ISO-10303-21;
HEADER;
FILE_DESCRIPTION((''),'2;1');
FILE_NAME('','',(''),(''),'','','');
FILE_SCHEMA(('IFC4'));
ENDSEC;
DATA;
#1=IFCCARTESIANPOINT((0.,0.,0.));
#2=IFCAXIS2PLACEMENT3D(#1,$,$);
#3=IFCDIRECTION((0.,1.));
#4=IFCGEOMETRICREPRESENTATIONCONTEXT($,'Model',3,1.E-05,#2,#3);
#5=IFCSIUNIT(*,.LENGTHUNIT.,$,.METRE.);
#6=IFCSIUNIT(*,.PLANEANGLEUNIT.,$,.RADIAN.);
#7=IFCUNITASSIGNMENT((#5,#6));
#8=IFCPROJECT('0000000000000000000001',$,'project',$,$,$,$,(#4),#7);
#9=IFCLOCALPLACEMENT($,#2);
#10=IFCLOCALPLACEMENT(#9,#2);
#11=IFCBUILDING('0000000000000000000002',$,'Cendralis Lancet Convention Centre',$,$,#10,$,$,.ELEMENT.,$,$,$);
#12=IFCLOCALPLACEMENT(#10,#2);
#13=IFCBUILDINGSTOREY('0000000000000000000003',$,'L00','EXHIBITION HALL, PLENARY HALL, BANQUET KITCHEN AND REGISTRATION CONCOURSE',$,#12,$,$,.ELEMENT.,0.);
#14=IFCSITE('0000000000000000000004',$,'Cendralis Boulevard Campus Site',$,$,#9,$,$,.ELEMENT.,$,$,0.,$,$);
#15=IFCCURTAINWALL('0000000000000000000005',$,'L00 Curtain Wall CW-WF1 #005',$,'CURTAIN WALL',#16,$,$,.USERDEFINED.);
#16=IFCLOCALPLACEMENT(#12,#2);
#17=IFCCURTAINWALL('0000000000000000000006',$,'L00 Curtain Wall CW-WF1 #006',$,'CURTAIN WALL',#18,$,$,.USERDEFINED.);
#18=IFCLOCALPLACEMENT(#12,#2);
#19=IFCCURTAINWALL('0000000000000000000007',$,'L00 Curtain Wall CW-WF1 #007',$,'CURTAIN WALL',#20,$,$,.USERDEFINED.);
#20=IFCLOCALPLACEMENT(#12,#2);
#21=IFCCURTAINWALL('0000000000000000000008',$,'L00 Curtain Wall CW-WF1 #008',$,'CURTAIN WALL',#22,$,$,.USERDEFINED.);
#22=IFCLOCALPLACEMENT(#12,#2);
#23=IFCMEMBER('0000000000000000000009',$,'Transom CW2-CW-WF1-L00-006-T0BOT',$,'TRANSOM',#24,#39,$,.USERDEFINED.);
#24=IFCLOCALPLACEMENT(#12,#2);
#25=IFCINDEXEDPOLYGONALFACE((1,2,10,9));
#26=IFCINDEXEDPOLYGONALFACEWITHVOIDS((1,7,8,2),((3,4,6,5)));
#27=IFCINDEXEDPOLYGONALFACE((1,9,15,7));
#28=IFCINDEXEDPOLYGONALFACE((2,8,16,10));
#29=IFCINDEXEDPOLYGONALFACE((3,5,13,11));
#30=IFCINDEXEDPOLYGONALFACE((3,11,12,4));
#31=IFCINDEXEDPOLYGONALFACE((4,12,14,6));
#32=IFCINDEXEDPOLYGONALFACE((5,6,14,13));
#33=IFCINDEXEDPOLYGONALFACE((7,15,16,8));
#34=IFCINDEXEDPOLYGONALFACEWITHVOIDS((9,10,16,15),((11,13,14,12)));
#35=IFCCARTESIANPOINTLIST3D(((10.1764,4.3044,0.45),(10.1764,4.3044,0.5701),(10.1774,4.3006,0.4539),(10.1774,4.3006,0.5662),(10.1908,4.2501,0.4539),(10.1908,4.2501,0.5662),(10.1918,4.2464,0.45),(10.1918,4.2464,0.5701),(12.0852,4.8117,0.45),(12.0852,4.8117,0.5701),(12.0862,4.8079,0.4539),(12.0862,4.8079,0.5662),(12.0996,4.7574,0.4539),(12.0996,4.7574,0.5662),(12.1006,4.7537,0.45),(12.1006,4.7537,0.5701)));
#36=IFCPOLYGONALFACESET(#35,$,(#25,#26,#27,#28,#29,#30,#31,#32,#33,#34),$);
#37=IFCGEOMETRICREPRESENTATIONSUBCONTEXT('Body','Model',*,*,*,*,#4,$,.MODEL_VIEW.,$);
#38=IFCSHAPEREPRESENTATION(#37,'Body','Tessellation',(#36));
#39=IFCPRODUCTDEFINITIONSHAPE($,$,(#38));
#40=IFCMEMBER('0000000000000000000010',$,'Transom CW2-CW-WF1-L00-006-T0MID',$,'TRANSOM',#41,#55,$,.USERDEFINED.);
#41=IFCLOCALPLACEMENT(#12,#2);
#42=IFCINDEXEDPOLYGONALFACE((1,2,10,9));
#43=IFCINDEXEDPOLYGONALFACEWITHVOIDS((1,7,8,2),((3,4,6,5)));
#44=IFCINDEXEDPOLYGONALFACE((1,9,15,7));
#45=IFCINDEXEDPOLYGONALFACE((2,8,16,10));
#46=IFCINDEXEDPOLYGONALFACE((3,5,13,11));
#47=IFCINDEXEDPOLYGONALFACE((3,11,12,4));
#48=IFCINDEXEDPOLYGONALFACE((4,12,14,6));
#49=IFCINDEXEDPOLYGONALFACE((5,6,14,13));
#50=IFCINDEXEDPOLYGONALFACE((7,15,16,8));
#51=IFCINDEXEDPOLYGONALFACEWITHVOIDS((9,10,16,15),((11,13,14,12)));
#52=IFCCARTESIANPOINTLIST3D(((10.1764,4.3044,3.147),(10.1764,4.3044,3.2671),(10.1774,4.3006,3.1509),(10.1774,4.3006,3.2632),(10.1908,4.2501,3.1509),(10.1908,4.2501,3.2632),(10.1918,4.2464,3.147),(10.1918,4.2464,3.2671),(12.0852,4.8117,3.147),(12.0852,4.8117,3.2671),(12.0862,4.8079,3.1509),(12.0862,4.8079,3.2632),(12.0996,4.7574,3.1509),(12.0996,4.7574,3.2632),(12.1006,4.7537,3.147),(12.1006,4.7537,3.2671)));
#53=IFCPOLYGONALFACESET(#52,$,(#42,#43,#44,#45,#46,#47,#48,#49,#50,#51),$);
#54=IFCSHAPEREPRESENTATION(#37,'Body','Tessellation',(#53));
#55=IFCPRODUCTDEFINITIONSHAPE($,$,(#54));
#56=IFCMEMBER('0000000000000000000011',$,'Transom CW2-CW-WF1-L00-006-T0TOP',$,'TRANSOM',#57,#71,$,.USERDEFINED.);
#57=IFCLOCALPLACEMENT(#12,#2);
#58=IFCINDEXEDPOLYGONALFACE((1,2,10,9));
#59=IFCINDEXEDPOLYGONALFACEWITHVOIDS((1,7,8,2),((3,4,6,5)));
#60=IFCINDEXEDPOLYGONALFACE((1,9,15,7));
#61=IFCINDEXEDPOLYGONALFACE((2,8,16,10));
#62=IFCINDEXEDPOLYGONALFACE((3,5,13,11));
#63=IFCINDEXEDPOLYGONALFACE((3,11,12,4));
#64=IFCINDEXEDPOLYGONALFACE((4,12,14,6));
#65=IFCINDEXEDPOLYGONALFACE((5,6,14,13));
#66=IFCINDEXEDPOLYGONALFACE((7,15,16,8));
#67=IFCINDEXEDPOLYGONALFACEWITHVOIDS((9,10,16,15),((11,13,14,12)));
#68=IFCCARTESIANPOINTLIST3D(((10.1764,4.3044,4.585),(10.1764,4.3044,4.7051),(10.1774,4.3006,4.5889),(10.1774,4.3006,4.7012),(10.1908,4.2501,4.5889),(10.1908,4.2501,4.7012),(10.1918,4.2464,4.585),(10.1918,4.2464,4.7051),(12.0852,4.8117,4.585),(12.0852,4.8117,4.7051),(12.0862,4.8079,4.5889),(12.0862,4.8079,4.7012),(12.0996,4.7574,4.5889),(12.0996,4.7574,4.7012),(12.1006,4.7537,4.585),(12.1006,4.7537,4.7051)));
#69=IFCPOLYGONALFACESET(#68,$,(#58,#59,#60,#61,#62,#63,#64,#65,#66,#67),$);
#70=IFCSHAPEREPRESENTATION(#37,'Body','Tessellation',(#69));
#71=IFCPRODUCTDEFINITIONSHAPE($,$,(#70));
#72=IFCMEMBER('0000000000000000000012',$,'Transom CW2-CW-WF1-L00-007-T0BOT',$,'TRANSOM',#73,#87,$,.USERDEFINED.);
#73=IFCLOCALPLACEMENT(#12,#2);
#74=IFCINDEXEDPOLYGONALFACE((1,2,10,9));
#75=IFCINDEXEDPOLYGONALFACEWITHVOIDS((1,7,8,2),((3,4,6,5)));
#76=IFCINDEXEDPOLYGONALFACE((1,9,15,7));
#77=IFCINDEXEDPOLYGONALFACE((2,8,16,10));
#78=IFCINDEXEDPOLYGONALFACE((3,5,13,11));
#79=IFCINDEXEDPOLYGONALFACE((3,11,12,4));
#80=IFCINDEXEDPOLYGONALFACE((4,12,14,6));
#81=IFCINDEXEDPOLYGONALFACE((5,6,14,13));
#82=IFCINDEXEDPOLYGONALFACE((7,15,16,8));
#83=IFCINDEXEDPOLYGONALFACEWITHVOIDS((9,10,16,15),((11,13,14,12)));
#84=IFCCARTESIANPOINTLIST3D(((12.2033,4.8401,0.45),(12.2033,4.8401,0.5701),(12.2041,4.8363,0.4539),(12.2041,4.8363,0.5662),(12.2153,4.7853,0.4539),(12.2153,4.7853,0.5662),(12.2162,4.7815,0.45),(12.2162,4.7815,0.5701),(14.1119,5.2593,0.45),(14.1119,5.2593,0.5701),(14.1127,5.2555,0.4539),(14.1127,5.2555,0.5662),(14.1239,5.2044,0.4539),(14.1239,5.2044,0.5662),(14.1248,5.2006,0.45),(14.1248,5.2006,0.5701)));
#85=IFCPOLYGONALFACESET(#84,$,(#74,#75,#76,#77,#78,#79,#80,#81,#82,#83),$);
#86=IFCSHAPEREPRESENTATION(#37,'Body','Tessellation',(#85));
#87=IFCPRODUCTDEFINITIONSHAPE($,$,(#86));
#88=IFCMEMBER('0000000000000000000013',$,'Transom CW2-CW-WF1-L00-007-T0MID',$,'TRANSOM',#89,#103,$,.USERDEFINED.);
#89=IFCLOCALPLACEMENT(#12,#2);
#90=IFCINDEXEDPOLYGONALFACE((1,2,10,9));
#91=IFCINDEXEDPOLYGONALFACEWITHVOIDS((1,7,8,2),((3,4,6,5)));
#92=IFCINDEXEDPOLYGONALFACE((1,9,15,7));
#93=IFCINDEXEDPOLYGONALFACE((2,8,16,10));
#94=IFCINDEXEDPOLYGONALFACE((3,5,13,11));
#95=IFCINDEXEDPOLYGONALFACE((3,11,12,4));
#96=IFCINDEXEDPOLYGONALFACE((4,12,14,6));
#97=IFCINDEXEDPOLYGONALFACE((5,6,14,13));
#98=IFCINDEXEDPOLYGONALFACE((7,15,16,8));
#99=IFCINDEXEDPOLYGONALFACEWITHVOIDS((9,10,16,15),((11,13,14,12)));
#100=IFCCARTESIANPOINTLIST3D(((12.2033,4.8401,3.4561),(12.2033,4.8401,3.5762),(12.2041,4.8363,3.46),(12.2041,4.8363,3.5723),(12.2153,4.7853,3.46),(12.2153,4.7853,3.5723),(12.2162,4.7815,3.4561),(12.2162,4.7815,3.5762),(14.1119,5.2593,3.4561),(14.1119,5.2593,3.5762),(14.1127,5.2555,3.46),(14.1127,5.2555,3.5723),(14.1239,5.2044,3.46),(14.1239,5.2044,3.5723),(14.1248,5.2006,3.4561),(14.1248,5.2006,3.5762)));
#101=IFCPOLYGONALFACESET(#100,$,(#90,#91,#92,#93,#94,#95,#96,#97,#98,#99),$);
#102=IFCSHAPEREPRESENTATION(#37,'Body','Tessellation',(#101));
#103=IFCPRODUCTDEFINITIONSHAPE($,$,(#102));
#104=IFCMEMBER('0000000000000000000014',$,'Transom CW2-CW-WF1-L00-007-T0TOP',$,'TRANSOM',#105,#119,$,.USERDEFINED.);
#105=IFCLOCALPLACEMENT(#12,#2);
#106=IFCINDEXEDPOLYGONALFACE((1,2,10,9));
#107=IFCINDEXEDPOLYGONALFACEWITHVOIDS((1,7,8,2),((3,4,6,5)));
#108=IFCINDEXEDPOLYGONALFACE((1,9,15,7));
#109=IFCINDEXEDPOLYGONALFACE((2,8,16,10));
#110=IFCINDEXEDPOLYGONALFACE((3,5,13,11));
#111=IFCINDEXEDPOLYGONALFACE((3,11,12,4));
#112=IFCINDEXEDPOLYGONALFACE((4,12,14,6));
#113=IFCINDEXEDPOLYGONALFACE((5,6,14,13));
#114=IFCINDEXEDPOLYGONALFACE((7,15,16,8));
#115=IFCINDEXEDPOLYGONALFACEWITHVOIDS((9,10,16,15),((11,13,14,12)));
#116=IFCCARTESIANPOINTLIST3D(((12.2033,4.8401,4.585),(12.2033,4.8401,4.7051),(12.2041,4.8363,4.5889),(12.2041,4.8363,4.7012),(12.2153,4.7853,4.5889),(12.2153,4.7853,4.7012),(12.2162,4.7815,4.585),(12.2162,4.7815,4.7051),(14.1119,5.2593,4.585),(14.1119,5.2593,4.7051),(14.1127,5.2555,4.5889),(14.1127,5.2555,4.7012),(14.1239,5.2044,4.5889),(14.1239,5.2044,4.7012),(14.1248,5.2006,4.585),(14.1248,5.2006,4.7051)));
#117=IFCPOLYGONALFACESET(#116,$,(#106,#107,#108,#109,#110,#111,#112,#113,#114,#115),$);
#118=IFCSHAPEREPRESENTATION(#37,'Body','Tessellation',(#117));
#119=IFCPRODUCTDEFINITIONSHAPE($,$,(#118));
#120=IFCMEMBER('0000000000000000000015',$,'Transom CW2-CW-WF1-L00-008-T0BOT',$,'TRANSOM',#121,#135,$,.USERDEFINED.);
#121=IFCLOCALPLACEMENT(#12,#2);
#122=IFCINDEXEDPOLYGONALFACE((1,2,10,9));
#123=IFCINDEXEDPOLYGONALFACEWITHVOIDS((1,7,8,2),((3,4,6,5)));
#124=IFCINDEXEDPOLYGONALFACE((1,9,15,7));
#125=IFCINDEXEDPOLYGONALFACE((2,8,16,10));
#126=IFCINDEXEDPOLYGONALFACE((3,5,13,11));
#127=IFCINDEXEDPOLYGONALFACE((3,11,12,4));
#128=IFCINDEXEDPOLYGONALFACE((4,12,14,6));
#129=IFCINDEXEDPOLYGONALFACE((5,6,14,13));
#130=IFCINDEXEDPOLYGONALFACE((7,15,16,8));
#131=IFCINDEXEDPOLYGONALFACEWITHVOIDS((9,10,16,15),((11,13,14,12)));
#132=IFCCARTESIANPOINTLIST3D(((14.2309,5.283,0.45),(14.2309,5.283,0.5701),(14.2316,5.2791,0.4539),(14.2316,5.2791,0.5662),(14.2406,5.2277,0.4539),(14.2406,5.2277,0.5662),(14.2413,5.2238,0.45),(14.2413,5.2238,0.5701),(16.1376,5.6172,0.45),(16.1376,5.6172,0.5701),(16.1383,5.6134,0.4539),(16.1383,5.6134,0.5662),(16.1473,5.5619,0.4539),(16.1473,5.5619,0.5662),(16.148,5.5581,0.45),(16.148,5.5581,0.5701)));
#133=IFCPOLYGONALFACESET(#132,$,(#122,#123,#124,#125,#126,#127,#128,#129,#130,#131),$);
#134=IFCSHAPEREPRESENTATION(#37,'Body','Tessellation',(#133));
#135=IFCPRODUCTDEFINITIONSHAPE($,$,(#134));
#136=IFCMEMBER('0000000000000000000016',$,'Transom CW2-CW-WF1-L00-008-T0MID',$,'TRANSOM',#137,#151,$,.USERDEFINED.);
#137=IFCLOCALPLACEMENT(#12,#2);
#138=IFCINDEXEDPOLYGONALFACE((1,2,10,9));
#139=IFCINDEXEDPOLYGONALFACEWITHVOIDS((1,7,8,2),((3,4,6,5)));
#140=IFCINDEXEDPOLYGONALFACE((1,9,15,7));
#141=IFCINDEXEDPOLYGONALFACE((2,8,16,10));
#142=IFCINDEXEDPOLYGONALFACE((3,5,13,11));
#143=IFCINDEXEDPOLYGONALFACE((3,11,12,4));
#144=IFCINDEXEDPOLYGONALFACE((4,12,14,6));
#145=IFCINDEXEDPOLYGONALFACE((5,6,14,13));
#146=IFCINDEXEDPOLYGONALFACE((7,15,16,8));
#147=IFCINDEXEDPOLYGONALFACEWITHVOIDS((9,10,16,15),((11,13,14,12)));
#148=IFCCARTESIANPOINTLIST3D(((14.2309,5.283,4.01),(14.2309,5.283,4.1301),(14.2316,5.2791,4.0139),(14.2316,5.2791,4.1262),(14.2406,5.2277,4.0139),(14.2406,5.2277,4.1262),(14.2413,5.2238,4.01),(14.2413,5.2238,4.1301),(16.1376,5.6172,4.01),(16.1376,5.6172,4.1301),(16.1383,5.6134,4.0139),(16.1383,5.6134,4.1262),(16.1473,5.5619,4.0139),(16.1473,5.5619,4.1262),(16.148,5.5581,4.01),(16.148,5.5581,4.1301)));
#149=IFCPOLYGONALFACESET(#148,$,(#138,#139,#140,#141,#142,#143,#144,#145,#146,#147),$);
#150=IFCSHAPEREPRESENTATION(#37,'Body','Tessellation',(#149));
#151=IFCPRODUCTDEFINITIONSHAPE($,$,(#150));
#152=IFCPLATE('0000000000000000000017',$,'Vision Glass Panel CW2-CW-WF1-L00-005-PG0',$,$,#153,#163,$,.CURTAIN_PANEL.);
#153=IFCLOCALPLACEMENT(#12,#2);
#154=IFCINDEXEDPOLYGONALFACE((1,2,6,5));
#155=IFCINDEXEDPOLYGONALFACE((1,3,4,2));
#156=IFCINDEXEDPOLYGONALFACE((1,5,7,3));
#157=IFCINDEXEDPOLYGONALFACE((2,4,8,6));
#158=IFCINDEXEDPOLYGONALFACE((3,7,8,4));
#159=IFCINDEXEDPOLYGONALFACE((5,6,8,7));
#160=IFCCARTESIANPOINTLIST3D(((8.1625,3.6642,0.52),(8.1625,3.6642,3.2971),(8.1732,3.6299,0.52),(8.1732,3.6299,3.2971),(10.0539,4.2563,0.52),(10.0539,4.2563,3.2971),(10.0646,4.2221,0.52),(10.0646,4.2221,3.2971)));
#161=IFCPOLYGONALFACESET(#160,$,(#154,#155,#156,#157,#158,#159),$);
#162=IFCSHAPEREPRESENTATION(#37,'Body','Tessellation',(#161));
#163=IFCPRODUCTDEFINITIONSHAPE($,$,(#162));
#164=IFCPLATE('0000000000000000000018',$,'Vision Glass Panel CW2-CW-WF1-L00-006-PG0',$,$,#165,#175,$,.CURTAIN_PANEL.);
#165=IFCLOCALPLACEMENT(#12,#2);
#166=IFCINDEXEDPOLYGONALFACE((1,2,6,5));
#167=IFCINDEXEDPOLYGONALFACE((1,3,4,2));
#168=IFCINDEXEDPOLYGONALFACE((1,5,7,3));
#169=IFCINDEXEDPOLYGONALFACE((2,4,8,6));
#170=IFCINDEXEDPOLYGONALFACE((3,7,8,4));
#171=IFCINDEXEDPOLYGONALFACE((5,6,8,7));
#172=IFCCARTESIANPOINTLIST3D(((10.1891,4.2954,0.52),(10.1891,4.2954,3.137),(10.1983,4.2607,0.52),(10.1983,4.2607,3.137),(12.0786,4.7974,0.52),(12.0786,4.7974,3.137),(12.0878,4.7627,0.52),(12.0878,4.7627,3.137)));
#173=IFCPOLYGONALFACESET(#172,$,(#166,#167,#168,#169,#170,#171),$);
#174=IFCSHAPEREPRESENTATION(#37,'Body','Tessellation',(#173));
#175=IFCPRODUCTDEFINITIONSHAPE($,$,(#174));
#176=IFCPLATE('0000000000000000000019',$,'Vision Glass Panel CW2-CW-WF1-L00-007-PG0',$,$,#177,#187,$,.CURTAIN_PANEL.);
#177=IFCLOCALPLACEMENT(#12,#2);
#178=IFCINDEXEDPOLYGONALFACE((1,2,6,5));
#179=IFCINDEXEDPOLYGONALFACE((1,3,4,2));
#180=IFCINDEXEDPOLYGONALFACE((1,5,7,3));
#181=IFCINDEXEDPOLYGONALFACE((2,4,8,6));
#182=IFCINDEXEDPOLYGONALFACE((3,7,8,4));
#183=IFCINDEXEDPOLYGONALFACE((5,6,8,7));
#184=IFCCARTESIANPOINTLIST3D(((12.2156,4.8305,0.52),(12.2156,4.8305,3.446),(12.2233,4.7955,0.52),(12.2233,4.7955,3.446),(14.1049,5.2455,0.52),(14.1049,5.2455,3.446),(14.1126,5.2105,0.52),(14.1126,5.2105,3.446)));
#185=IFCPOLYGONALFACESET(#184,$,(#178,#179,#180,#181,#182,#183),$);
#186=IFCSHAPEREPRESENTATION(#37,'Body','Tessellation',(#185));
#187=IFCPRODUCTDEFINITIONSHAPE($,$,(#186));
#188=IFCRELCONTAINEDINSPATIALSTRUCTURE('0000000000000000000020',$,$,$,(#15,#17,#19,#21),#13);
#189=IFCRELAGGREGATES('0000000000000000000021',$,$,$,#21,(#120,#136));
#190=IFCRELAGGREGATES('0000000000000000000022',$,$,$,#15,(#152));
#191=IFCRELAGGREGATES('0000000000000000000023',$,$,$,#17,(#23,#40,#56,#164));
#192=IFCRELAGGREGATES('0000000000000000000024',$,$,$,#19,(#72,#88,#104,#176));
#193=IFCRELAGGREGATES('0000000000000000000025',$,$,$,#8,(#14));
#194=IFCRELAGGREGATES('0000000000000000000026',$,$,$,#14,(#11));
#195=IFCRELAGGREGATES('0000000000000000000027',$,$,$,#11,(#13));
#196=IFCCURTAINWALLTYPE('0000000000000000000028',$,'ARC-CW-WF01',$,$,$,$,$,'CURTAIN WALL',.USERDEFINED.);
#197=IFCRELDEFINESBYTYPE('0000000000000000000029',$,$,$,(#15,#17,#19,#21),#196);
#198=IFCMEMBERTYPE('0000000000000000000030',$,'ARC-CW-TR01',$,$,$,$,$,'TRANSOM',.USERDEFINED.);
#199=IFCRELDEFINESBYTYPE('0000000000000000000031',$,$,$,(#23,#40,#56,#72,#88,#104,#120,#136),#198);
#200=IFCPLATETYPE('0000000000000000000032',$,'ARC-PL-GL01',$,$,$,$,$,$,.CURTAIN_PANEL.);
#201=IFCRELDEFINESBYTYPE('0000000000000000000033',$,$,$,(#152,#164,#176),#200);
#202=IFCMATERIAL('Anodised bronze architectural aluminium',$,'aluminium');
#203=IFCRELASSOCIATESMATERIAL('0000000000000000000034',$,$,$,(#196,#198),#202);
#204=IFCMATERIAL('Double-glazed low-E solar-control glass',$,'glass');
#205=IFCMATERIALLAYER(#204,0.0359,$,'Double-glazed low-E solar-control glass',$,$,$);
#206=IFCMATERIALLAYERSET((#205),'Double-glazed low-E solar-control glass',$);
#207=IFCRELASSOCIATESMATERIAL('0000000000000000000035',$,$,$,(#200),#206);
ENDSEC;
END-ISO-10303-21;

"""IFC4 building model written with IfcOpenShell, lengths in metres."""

from ifc_helpers import new_model, si_unit, direction, frame, origin, origin_2d, place, context, subcontext, project, spatial, rectangle, hollow_rectangle, extrude, material, layer, layer_set, material_profile, profile_set, type_object, element, aggregate, save


model = new_model("IFC4")

# Units and contexts
model_context = context("Model", 3, precision=1e-05, world=origin(), true_north=direction((0.0, 1.0)))
body_context = subcontext(model_context, "Body", "Model", "MODEL_VIEW")
ifc_project = project(units=[si_unit("LENGTHUNIT", "METRE"), si_unit("PLANEANGLEUNIT", "RADIAN")], contexts=[model_context])

# Site, building, storey
site_placement = place(None, origin())
site = spatial("IfcSite", under=ifc_project, at=site_placement, Name="Cendralis Boulevard Campus Site", CompositionType="ELEMENT", RefElevation=0.0)
building_placement = place(site_placement, origin())
building = spatial("IfcBuilding", under=site, at=building_placement, Name="Cendralis Lancet Convention Centre", CompositionType="ELEMENT")
storey_placement = place(building_placement, origin())
storey = spatial("IfcBuildingStorey", under=building, at=storey_placement, Name="L00", Description="EXHIBITION HALL, PLENARY HALL, BANQUET KITCHEN AND REGISTRATION CONCOURSE", CompositionType="ELEMENT", Elevation=0.0)

# Shared definitions
ifc_material_1 = material(Name="Anodised bronze architectural aluminium", Category="aluminium")
curtain_wall_type = type_object("IfcCurtainWallType", Name="ARC-CW-WF01", ElementType="CURTAIN WALL", PredefinedType="USERDEFINED", material=ifc_material_1)

# Curtain walls
curtain_wall_1_placement = place(storey_placement, origin())
curtain_wall_1 = element("IfcCurtainWall", 1, at=curtain_wall_1_placement, inside=storey, type_object=curtain_wall_type, Name="L00 Curtain Wall CW-WF1 #005", ObjectType="CURTAIN WALL", PredefinedType="USERDEFINED")
curtain_wall_2_placement = place(storey_placement, origin())
curtain_wall_2 = element("IfcCurtainWall", 2, at=curtain_wall_2_placement, inside=storey, type_object=curtain_wall_type, Name="L00 Curtain Wall CW-WF1 #006", ObjectType="CURTAIN WALL", PredefinedType="USERDEFINED")
curtain_wall_3_placement = place(storey_placement, origin())
curtain_wall_3 = element("IfcCurtainWall", 3, at=curtain_wall_3_placement, inside=storey, type_object=curtain_wall_type, Name="L00 Curtain Wall CW-WF1 #007", ObjectType="CURTAIN WALL", PredefinedType="USERDEFINED")

# Curtain wall
curtain_wall_4_placement = place(storey_placement, origin())
curtain_wall_4 = element("IfcCurtainWall", 4, at=curtain_wall_4_placement, inside=storey, type_object=curtain_wall_type, Name="L00 Curtain Wall CW-WF1 #008", ObjectType="CURTAIN WALL", PredefinedType="USERDEFINED")

# Members
ifc_material_profile_1 = material_profile(ifc_material_1, hollow_rectangle(XDim=0.0601, YDim=0.1201, WallThickness=0.0039, at=origin_2d()), Name="AL-TRAN 60x120x4.0")
ifc_profile_set_1 = profile_set([ifc_material_profile_1], Name="Anodised bronze architectural aluminium")
member_type_1 = type_object("IfcMemberType", Name="ARC-CW-TR01", ElementType="TRANSOM", PredefinedType="USERDEFINED", material=ifc_profile_set_1)
member_1_placement = place(storey_placement, frame((10.1841, 4.2754, 0.51), z_axis=(0.966452, 0.256847, 0.0), x_axis=(-0.256847, 0.966452, 0.0)))
member_1 = element("IfcMember", 5, at=member_1_placement, type_object=member_type_1, Name="Transom CW2-CW-WF1-L00-006-T0BOT", ObjectType="TRANSOM", PredefinedType="USERDEFINED", context=body_context, shape_type="SweptSolid", body=[
    extrude(hollow_rectangle(XDim=0.0601, YDim=0.1201, WallThickness=0.0039, at=origin_2d()), origin(), (0.0, 0.0, 1.0), 1.9751),
])
member_2_placement = place(storey_placement, frame((10.1841, 4.2754, 3.207), z_axis=(0.966452, 0.256847, 0.0), x_axis=(-0.256847, 0.966452, 0.0)))
member_2 = element("IfcMember", 6, at=member_2_placement, type_object=member_type_1, Name="Transom CW2-CW-WF1-L00-006-T0MID", ObjectType="TRANSOM", PredefinedType="USERDEFINED", context=body_context, shape_type="SweptSolid", body=[
    extrude(hollow_rectangle(XDim=0.0601, YDim=0.1201, WallThickness=0.0039, at=origin_2d()), origin(), (0.0, 0.0, 1.0), 1.9751),
])
member_3_placement = place(storey_placement, frame((10.1841, 4.2754, 4.645), z_axis=(0.966452, 0.256847, 0.0), x_axis=(-0.256847, 0.966452, 0.0)))
member_3 = element("IfcMember", 7, at=member_3_placement, type_object=member_type_1, Name="Transom CW2-CW-WF1-L00-006-T0TOP", ObjectType="TRANSOM", PredefinedType="USERDEFINED", context=body_context, shape_type="SweptSolid", body=[
    extrude(hollow_rectangle(XDim=0.0601, YDim=0.1201, WallThickness=0.0039, at=origin_2d()), origin(), (0.0, 0.0, 1.0), 1.9751),
])
member_4_placement = place(storey_placement, frame((12.2097, 4.8108, 0.51), z_axis=(0.976722, 0.214509, 0.0), x_axis=(-0.214509, 0.976722, 0.0)))
member_4 = element("IfcMember", 8, at=member_4_placement, type_object=member_type_1, Name="Transom CW2-CW-WF1-L00-007-T0BOT", ObjectType="TRANSOM", PredefinedType="USERDEFINED", context=body_context, shape_type="SweptSolid", body=[
    extrude(hollow_rectangle(XDim=0.0601, YDim=0.1201, WallThickness=0.0039, at=origin_2d()), origin(), (0.0, 0.0, 1.0), 1.9541),
])
member_5_placement = place(storey_placement, frame((12.2097, 4.8108, 3.5161), z_axis=(0.976722, 0.214509, 0.0), x_axis=(-0.214509, 0.976722, 0.0)))
member_5 = element("IfcMember", 9, at=member_5_placement, type_object=member_type_1, Name="Transom CW2-CW-WF1-L00-007-T0MID", ObjectType="TRANSOM", PredefinedType="USERDEFINED", context=body_context, shape_type="SweptSolid", body=[
    extrude(hollow_rectangle(XDim=0.0601, YDim=0.1201, WallThickness=0.0039, at=origin_2d()), origin(), (0.0, 0.0, 1.0), 1.9541),
])
member_6_placement = place(storey_placement, frame((12.2097, 4.8108, 4.645), z_axis=(0.976722, 0.214509, 0.0), x_axis=(-0.214509, 0.976722, 0.0)))
member_6 = element("IfcMember", 10, at=member_6_placement, type_object=member_type_1, Name="Transom CW2-CW-WF1-L00-007-T0TOP", ObjectType="TRANSOM", PredefinedType="USERDEFINED", context=body_context, shape_type="SweptSolid", body=[
    extrude(hollow_rectangle(XDim=0.0601, YDim=0.1201, WallThickness=0.0039, at=origin_2d()), origin(), (0.0, 0.0, 1.0), 1.9541),
])
member_7_placement = place(storey_placement, frame((14.2361, 5.2534, 0.51), z_axis=(0.984982, 0.172656, 0.0), x_axis=(-0.172656, 0.984982, 0.0)))
member_7 = element("IfcMember", 11, at=member_7_placement, type_object=member_type_1, Name="Transom CW2-CW-WF1-L00-008-T0BOT", ObjectType="TRANSOM", PredefinedType="USERDEFINED", context=body_context, shape_type="SweptSolid", body=[
    extrude(hollow_rectangle(XDim=0.0601, YDim=0.1201, WallThickness=0.0039, at=origin_2d()), origin(), (0.0, 0.0, 1.0), 1.9358),
])
member_8_placement = place(storey_placement, frame((14.2361, 5.2534, 4.0701), z_axis=(0.984982, 0.172656, 0.0), x_axis=(-0.172656, 0.984982, 0.0)))
member_8 = element("IfcMember", 12, at=member_8_placement, type_object=member_type_1, Name="Transom CW2-CW-WF1-L00-008-T0MID", ObjectType="TRANSOM", PredefinedType="USERDEFINED", context=body_context, shape_type="SweptSolid", body=[
    extrude(hollow_rectangle(XDim=0.0601, YDim=0.1201, WallThickness=0.0039, at=origin_2d()), origin(), (0.0, 0.0, 1.0), 1.9358),
])
aggregate(curtain_wall_4, [member_7, member_8])

# Plates
ifc_material_2 = material(Name="Double-glazed low-E solar-control glass", Category="glass")
ifc_layer_1 = layer(ifc_material_2, 0.0359, Name="Double-glazed low-E solar-control glass")
ifc_layer_set_1 = layer_set([ifc_layer_1], Name="Double-glazed low-E solar-control glass")
plate_type_1 = type_object("IfcPlateType", Name="ARC-PL-GL01", PredefinedType="CURTAIN_PANEL", material=ifc_layer_set_1)
plate_1_placement = place(storey_placement, frame((9.1135, 3.9431, 0.52), z_axis=(0.0, 0.0, 1.0), x_axis=(0.954321, 0.298785, 0.0)))
plate_1 = element("IfcPlate", 13, at=plate_1_placement, type_object=plate_type_1, Name="Vision Glass Panel CW2-CW-WF1-L00-005-PG0", PredefinedType="CURTAIN_PANEL", context=body_context, shape_type="SweptSolid", body=[
    extrude(rectangle(XDim=1.9819, YDim=0.0359, at=origin_2d()), origin(), (0.0, 0.0, 1.0), 2.7771),
])
plate_2_placement = place(storey_placement, frame((11.1384, 4.5291, 0.52), z_axis=(0.0, 0.0, 1.0), x_axis=(0.966472, 0.256771, 0.0)))
plate_2 = element("IfcPlate", 14, at=plate_2_placement, type_object=plate_type_1, Name="Vision Glass Panel CW2-CW-WF1-L00-006-PG0", PredefinedType="CURTAIN_PANEL", context=body_context, shape_type="SweptSolid", body=[
    extrude(rectangle(XDim=1.9551, YDim=0.0359, at=origin_2d()), origin(), (0.0, 0.0, 1.0), 2.6169),
])
plate_3_placement = place(storey_placement, frame((13.1641, 5.0205, 0.52), z_axis=(0.0, 0.0, 1.0), x_axis=(0.976717, 0.214531, 0.0)))
plate_3 = element("IfcPlate", 15, at=plate_3_placement, type_object=plate_type_1, Name="Vision Glass Panel CW2-CW-WF1-L00-007-PG0", PredefinedType="CURTAIN_PANEL", context=body_context, shape_type="SweptSolid", body=[
    extrude(rectangle(XDim=1.9343, YDim=0.0359, at=origin_2d()), origin(), (0.0, 0.0, 1.0), 2.926),
])
aggregate(curtain_wall_1, [plate_1])
aggregate(curtain_wall_2, [member_1, member_2, member_3, plate_2])
aggregate(curtain_wall_3, [member_4, member_5, member_6, plate_3])

save(model, "model.ifc")
